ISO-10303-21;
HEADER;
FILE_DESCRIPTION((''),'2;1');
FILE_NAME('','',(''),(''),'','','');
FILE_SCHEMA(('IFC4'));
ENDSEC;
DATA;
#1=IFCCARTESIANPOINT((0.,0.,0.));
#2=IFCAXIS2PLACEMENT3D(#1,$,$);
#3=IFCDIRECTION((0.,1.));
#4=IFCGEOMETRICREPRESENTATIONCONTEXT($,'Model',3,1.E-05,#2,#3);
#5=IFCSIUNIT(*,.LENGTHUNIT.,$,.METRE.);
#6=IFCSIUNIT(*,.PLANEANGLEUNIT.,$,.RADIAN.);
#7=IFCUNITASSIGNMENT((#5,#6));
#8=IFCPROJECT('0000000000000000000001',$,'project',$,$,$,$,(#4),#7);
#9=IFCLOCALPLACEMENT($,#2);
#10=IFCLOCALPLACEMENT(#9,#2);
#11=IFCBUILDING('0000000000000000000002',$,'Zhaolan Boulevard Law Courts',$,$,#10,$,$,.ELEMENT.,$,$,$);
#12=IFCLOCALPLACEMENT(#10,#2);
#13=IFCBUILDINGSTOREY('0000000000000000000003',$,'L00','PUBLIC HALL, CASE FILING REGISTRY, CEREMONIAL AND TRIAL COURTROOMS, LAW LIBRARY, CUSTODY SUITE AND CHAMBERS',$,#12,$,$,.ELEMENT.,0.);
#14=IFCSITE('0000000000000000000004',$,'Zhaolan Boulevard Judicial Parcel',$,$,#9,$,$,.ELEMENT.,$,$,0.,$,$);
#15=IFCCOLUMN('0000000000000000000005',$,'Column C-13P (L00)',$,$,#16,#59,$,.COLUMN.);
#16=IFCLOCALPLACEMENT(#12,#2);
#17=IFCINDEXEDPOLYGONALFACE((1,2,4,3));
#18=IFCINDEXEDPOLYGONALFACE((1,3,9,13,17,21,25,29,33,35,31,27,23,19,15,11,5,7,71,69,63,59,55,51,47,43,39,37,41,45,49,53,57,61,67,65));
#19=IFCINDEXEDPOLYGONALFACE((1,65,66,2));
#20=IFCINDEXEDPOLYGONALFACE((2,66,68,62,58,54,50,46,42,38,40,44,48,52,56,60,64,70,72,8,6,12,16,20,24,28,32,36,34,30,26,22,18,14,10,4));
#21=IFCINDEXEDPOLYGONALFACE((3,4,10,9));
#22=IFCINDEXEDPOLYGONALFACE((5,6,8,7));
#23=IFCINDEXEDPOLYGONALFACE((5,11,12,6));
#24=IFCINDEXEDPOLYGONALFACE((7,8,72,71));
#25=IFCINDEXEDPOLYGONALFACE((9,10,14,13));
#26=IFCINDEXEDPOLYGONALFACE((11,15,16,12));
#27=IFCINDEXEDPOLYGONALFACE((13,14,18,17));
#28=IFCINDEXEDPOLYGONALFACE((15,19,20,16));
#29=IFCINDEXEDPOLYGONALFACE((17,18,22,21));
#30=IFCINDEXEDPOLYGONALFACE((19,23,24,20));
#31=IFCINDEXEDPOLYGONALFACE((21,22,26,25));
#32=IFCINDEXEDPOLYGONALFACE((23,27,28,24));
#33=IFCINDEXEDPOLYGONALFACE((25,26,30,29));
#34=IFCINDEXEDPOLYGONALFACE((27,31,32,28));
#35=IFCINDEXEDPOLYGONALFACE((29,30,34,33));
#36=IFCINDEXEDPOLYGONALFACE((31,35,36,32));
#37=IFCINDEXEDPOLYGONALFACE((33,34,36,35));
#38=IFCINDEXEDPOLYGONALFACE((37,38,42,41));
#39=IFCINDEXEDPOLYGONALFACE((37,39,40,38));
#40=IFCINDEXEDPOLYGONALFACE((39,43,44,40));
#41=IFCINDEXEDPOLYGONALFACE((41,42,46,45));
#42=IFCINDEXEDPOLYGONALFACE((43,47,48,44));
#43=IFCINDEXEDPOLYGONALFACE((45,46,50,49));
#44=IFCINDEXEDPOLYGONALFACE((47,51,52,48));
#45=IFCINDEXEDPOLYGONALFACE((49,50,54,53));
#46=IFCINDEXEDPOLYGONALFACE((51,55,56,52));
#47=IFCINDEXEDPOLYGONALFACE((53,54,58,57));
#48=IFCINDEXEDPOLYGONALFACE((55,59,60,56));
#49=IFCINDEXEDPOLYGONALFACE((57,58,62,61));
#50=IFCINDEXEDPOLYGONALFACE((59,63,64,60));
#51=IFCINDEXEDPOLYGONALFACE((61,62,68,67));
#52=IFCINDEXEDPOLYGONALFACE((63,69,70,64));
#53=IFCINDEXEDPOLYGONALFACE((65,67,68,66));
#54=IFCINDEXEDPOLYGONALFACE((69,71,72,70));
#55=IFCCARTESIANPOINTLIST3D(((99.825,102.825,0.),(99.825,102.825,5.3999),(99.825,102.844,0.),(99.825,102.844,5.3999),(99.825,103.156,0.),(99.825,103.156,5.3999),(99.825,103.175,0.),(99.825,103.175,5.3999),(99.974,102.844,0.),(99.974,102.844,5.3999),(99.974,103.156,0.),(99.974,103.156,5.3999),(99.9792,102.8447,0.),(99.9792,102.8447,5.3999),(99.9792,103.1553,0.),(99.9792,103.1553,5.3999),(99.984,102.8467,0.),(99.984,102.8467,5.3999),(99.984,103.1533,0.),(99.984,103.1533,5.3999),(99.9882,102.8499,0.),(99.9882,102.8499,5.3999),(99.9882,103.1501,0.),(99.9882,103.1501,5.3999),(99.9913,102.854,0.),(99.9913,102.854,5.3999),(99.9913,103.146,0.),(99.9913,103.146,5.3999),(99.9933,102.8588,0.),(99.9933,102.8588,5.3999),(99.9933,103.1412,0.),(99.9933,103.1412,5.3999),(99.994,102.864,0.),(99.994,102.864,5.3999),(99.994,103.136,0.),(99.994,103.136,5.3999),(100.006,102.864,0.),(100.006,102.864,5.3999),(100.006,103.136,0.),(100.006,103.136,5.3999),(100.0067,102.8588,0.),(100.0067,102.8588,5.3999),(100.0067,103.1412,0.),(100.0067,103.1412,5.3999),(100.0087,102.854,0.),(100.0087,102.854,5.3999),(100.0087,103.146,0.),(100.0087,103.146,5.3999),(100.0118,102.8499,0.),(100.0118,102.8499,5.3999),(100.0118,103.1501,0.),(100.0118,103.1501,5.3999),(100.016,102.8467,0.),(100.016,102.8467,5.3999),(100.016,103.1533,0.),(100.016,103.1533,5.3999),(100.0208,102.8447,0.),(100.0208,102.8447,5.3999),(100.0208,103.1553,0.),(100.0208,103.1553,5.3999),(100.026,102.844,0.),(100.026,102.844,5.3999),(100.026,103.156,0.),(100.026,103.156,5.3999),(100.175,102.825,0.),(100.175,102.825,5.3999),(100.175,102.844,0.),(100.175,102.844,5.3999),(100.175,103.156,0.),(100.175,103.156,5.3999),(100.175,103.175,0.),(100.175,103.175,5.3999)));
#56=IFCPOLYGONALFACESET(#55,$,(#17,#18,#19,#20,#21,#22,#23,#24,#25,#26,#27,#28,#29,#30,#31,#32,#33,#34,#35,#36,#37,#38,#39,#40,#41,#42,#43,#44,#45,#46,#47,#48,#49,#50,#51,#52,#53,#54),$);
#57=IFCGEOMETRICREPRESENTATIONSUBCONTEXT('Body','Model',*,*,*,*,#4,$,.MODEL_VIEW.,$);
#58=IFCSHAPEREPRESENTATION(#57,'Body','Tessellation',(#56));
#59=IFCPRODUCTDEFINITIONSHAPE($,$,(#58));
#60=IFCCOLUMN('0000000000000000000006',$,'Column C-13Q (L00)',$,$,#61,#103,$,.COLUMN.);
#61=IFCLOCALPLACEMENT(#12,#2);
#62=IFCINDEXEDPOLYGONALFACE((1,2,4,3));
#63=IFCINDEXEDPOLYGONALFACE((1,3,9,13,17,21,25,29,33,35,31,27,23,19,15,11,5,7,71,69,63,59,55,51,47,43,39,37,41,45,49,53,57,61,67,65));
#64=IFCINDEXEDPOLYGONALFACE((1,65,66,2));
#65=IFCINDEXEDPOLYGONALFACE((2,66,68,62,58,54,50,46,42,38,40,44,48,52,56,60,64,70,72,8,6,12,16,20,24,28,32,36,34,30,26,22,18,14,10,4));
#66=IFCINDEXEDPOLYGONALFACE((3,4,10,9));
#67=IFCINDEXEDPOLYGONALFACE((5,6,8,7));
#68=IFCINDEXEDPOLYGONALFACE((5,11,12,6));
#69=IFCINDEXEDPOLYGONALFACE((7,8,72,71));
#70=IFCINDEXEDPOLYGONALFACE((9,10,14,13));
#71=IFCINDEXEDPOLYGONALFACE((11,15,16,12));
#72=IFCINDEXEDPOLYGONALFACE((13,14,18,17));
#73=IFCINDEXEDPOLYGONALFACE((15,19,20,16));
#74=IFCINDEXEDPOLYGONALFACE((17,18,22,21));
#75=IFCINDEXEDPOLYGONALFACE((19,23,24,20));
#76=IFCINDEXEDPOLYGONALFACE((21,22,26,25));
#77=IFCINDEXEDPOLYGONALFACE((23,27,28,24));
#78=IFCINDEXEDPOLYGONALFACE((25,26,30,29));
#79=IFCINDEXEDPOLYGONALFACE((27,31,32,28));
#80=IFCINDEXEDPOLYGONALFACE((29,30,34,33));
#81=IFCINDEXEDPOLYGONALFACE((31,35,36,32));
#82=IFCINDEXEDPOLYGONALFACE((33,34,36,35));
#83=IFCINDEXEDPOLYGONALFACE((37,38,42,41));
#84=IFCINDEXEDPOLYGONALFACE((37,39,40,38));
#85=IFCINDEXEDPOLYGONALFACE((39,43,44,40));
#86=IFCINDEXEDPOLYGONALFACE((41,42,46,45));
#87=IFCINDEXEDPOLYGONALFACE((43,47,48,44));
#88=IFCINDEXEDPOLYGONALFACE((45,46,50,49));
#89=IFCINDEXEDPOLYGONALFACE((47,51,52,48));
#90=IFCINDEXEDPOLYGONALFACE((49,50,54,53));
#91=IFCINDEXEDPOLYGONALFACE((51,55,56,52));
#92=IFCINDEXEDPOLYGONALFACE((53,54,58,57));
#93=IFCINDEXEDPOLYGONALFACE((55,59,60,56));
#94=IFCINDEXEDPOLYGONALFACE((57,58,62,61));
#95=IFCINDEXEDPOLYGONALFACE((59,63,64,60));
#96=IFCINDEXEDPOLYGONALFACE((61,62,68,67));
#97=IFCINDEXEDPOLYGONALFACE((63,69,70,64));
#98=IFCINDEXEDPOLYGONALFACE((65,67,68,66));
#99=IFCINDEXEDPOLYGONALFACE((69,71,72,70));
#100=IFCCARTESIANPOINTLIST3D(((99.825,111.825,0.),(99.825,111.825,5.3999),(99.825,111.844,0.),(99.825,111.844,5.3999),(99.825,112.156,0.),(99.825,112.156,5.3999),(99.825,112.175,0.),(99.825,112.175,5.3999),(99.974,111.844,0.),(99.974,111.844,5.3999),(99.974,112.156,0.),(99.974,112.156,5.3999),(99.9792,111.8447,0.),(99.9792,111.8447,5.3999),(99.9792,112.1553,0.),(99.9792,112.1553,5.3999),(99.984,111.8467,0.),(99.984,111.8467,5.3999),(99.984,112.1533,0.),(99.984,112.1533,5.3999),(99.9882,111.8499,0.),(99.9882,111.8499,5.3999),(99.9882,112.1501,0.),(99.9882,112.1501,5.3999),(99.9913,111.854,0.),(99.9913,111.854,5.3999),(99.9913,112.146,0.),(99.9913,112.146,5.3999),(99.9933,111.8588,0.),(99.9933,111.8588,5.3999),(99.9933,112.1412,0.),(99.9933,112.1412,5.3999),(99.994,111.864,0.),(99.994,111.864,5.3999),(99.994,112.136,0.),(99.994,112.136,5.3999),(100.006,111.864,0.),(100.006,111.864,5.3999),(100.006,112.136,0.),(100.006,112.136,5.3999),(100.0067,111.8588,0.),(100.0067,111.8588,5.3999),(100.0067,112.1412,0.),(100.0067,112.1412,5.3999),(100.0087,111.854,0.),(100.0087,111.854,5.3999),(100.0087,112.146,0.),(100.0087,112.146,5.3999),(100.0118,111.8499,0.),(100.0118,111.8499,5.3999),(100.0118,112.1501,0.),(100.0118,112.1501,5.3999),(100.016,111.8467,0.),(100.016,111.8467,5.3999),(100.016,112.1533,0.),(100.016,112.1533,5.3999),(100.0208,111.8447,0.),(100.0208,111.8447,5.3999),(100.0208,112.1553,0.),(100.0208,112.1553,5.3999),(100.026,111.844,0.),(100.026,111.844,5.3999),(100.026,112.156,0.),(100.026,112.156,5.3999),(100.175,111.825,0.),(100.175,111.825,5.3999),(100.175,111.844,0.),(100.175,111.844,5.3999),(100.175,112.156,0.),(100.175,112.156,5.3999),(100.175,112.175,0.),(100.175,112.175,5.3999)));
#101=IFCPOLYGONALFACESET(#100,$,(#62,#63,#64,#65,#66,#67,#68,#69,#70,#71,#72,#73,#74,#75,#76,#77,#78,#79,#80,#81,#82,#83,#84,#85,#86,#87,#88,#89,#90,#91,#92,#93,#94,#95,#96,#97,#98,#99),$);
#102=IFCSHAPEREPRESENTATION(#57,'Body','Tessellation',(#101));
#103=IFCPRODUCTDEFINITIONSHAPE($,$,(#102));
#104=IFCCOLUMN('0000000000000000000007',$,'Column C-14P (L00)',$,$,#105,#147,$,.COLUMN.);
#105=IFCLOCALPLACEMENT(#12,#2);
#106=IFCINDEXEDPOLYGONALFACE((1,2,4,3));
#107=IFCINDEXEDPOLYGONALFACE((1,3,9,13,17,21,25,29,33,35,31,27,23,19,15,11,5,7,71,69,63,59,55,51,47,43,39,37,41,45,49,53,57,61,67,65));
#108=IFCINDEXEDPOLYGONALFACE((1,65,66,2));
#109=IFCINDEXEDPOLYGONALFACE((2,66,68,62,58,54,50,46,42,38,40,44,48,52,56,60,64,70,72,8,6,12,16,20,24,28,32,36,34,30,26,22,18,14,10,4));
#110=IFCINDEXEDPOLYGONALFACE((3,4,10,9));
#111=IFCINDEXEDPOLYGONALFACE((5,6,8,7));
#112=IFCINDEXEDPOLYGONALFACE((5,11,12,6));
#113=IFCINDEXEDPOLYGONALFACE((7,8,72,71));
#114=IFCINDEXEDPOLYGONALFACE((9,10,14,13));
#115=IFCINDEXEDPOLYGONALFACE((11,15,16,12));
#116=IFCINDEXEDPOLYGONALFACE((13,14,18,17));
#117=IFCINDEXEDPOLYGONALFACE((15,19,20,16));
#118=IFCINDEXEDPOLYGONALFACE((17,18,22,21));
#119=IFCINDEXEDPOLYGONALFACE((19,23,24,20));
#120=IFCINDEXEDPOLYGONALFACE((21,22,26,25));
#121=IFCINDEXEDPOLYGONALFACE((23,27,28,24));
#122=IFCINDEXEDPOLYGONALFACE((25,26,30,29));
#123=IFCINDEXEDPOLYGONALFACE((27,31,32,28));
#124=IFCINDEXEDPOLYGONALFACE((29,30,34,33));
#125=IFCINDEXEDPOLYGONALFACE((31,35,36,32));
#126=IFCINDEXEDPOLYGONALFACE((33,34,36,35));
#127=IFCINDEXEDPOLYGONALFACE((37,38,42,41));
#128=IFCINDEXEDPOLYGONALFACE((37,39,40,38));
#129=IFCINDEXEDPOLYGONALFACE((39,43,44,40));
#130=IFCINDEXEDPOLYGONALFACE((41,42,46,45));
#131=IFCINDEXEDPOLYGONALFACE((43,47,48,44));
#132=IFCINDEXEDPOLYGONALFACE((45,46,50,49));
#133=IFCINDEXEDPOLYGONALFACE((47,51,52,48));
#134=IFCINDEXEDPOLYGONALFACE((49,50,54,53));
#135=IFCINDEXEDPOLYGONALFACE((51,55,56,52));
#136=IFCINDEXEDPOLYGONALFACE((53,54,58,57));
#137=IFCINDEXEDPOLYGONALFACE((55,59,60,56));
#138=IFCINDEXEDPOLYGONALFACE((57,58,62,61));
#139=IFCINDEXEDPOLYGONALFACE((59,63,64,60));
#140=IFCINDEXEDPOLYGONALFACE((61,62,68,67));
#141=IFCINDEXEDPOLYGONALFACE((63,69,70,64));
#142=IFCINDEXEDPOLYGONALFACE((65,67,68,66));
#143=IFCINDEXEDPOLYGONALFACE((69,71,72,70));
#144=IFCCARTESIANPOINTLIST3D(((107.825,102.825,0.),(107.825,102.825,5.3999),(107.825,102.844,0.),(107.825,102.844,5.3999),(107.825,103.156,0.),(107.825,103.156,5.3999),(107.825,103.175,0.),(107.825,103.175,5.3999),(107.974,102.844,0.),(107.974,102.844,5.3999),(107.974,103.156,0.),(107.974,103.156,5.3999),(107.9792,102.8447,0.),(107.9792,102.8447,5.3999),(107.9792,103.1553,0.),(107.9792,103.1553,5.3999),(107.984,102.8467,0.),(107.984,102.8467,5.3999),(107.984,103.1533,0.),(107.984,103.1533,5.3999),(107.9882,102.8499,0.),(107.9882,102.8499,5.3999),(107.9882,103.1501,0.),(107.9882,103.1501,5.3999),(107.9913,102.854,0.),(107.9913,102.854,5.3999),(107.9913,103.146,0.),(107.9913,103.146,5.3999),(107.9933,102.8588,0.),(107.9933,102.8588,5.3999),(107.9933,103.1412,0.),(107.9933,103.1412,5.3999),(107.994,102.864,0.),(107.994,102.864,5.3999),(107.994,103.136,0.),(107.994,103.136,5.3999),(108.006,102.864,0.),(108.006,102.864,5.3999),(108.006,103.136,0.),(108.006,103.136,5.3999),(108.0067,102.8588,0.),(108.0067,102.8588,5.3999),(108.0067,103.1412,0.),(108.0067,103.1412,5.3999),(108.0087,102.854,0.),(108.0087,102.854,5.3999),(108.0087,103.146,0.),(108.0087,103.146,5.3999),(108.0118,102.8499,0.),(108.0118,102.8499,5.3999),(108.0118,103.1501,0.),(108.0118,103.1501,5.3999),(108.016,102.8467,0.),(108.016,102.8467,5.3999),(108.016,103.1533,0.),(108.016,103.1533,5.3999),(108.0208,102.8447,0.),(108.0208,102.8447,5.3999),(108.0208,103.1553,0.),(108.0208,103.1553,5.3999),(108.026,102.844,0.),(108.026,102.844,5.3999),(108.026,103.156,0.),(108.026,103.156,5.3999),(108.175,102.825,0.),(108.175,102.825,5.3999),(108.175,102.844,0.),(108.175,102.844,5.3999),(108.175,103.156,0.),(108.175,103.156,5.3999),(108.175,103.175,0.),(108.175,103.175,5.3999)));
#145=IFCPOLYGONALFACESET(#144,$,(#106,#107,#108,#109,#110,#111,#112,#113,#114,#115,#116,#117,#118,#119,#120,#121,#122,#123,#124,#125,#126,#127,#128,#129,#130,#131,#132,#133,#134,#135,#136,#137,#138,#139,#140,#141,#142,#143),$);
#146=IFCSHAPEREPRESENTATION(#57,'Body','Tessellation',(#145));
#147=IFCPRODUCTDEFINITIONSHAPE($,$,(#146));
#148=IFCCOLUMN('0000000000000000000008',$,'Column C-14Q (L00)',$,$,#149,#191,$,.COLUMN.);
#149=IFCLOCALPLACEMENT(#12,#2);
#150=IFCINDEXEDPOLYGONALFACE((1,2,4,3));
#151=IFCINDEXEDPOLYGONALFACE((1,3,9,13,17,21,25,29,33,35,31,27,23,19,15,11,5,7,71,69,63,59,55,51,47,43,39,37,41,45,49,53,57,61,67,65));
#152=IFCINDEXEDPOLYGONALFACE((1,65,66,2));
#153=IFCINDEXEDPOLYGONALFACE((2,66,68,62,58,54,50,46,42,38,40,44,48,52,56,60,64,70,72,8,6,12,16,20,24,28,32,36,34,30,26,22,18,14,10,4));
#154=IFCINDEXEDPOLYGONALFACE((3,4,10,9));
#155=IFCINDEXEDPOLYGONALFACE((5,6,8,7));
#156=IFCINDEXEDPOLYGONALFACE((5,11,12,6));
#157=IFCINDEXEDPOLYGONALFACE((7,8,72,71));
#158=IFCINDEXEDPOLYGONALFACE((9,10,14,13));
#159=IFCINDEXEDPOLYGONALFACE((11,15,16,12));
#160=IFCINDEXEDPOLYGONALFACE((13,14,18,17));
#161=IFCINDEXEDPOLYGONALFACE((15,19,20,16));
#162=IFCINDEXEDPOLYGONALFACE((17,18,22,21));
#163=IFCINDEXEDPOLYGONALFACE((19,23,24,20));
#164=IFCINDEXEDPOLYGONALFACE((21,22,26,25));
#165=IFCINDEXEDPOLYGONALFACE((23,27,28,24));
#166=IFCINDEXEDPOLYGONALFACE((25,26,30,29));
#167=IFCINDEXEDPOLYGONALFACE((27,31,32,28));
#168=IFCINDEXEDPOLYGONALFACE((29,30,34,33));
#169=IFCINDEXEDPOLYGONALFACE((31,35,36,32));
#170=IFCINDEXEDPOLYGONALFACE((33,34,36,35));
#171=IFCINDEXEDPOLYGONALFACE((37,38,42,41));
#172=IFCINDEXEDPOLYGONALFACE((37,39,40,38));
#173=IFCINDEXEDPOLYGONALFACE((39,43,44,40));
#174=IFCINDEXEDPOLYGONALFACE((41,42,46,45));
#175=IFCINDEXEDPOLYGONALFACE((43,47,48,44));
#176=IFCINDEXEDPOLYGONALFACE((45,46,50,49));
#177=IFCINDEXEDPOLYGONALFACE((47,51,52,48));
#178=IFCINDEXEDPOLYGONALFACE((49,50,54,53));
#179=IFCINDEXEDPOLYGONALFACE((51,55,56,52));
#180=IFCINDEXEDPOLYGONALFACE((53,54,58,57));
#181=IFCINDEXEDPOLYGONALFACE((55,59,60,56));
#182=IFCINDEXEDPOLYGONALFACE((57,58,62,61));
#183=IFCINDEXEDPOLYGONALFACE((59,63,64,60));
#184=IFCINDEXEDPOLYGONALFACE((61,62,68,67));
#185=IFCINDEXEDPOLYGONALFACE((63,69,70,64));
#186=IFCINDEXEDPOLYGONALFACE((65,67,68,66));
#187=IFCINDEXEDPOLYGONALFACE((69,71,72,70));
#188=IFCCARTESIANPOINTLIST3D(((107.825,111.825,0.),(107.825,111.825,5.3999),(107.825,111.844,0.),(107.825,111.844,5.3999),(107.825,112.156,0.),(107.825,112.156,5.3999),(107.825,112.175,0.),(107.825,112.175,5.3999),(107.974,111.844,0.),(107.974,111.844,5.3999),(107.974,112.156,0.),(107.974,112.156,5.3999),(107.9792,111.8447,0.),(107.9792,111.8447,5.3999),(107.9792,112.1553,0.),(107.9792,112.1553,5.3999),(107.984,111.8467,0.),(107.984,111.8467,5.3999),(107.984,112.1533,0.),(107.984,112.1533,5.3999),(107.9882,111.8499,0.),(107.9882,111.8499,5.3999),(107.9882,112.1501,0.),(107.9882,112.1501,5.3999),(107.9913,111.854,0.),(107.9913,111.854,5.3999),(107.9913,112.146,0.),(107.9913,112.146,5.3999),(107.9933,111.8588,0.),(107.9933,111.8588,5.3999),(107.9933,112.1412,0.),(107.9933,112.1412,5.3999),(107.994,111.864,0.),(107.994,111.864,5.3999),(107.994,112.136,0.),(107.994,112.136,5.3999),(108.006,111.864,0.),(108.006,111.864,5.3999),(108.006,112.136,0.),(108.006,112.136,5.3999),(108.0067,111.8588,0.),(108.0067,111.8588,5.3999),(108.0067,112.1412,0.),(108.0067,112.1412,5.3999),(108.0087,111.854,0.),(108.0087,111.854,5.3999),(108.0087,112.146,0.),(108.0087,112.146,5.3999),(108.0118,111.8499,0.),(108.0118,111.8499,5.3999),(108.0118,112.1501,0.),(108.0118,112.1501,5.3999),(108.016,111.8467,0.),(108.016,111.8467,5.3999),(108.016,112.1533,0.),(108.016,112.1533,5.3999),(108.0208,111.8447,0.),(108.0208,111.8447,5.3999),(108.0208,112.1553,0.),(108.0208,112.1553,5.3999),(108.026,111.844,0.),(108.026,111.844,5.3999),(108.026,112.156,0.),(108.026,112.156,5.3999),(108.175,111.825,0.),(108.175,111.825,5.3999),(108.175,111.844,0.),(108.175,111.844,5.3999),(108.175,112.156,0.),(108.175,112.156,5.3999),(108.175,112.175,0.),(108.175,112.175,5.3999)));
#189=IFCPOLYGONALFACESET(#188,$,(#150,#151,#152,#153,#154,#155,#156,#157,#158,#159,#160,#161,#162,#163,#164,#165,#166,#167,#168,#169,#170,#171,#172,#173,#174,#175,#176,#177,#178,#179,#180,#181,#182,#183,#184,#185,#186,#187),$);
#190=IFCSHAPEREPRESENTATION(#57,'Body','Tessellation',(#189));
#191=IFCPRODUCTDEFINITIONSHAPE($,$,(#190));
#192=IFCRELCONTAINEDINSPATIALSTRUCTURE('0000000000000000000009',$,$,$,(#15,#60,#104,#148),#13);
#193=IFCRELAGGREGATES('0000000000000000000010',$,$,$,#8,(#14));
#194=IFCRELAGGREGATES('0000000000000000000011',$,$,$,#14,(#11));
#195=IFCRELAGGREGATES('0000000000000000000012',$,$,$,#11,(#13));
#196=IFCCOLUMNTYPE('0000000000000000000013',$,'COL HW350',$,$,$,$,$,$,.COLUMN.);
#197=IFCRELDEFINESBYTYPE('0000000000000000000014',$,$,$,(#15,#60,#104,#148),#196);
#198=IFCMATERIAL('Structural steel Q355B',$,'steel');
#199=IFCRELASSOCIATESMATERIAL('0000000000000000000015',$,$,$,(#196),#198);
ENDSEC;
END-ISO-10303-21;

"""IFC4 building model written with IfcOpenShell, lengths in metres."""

from ifc_helpers import new_model, si_unit, direction, frame, origin, origin_2d, place, context, subcontext, project, spatial, i_section, extrude, material, material_profile, profile_set, type_object, element, save


model = new_model("IFC4")

# Units and contexts
model_context = context("Model", 3, precision=1e-05, world=origin(), true_north=direction((0.0, 1.0)))
body_context = subcontext(model_context, "Body", "Model", "MODEL_VIEW")
ifc_project = project(units=[si_unit("LENGTHUNIT", "METRE"), si_unit("PLANEANGLEUNIT", "RADIAN")], contexts=[model_context])

# Site, building, storey
site_placement = place(None, origin())
site = spatial("IfcSite", under=ifc_project, at=site_placement, Name="Zhaolan Boulevard Judicial Parcel", CompositionType="ELEMENT", RefElevation=0.0)
building_placement = place(site_placement, origin())
building = spatial("IfcBuilding", under=site, at=building_placement, Name="Zhaolan Boulevard Law Courts", CompositionType="ELEMENT")
storey_placement = place(building_placement, origin())
storey = spatial("IfcBuildingStorey", under=building, at=storey_placement, Name="L00", Description="PUBLIC HALL, CASE FILING REGISTRY, CEREMONIAL AND TRIAL COURTROOMS, LAW LIBRARY, CUSTODY SUITE AND CHAMBERS", CompositionType="ELEMENT", Elevation=0.0)

# Columns
ifc_material_1 = material(Name="Structural steel Q355B", Category="steel")
ifc_material_profile_1 = material_profile(ifc_material_1, i_section(OverallWidth=0.3501, OverallDepth=0.3501, WebThickness=0.012, FlangeThickness=0.019, FilletRadius=0.02, at=origin_2d()), Name="HW350x350")
ifc_profile_set_1 = profile_set([ifc_material_profile_1], Name="Structural steel Q355B")
column_type = type_object("IfcColumnType", Name="COL HW350", PredefinedType="COLUMN", material=ifc_profile_set_1)
for number, where, z_axis, x_axis, name in (
    (1, (100.0, 103.0, 0.0), (0.0, 0.0, 1.0), (1.0, 0.0, 0.0), "Column C-13P (L00)"),
    (2, (100.0, 112.0, 0.0), (0.0, 0.0, 1.0), (1.0, 0.0, 0.0), "Column C-13Q (L00)"),
    (3, (108.0, 103.0, 0.0), (0.0, 0.0, 1.0), (1.0, 0.0, 0.0), "Column C-14P (L00)"),
    (4, (108.0, 112.0, 0.0), (0.0, 0.0, 1.0), (1.0, 0.0, 0.0), "Column C-14Q (L00)"),
):
    element("IfcColumn", number, at=place(storey_placement, frame(where, z_axis=z_axis, x_axis=x_axis)), inside=storey, type_object=column_type, Name=name, PredefinedType="COLUMN", context=body_context, shape_type="SweptSolid", body=[
        extrude(i_section(OverallWidth=0.3501, OverallDepth=0.3501, WebThickness=0.012, FlangeThickness=0.019, FilletRadius=0.02, at=origin_2d()), origin(), (0.0, 0.0, 1.0), 5.3999),
    ])

save(model, "model.ifc")
